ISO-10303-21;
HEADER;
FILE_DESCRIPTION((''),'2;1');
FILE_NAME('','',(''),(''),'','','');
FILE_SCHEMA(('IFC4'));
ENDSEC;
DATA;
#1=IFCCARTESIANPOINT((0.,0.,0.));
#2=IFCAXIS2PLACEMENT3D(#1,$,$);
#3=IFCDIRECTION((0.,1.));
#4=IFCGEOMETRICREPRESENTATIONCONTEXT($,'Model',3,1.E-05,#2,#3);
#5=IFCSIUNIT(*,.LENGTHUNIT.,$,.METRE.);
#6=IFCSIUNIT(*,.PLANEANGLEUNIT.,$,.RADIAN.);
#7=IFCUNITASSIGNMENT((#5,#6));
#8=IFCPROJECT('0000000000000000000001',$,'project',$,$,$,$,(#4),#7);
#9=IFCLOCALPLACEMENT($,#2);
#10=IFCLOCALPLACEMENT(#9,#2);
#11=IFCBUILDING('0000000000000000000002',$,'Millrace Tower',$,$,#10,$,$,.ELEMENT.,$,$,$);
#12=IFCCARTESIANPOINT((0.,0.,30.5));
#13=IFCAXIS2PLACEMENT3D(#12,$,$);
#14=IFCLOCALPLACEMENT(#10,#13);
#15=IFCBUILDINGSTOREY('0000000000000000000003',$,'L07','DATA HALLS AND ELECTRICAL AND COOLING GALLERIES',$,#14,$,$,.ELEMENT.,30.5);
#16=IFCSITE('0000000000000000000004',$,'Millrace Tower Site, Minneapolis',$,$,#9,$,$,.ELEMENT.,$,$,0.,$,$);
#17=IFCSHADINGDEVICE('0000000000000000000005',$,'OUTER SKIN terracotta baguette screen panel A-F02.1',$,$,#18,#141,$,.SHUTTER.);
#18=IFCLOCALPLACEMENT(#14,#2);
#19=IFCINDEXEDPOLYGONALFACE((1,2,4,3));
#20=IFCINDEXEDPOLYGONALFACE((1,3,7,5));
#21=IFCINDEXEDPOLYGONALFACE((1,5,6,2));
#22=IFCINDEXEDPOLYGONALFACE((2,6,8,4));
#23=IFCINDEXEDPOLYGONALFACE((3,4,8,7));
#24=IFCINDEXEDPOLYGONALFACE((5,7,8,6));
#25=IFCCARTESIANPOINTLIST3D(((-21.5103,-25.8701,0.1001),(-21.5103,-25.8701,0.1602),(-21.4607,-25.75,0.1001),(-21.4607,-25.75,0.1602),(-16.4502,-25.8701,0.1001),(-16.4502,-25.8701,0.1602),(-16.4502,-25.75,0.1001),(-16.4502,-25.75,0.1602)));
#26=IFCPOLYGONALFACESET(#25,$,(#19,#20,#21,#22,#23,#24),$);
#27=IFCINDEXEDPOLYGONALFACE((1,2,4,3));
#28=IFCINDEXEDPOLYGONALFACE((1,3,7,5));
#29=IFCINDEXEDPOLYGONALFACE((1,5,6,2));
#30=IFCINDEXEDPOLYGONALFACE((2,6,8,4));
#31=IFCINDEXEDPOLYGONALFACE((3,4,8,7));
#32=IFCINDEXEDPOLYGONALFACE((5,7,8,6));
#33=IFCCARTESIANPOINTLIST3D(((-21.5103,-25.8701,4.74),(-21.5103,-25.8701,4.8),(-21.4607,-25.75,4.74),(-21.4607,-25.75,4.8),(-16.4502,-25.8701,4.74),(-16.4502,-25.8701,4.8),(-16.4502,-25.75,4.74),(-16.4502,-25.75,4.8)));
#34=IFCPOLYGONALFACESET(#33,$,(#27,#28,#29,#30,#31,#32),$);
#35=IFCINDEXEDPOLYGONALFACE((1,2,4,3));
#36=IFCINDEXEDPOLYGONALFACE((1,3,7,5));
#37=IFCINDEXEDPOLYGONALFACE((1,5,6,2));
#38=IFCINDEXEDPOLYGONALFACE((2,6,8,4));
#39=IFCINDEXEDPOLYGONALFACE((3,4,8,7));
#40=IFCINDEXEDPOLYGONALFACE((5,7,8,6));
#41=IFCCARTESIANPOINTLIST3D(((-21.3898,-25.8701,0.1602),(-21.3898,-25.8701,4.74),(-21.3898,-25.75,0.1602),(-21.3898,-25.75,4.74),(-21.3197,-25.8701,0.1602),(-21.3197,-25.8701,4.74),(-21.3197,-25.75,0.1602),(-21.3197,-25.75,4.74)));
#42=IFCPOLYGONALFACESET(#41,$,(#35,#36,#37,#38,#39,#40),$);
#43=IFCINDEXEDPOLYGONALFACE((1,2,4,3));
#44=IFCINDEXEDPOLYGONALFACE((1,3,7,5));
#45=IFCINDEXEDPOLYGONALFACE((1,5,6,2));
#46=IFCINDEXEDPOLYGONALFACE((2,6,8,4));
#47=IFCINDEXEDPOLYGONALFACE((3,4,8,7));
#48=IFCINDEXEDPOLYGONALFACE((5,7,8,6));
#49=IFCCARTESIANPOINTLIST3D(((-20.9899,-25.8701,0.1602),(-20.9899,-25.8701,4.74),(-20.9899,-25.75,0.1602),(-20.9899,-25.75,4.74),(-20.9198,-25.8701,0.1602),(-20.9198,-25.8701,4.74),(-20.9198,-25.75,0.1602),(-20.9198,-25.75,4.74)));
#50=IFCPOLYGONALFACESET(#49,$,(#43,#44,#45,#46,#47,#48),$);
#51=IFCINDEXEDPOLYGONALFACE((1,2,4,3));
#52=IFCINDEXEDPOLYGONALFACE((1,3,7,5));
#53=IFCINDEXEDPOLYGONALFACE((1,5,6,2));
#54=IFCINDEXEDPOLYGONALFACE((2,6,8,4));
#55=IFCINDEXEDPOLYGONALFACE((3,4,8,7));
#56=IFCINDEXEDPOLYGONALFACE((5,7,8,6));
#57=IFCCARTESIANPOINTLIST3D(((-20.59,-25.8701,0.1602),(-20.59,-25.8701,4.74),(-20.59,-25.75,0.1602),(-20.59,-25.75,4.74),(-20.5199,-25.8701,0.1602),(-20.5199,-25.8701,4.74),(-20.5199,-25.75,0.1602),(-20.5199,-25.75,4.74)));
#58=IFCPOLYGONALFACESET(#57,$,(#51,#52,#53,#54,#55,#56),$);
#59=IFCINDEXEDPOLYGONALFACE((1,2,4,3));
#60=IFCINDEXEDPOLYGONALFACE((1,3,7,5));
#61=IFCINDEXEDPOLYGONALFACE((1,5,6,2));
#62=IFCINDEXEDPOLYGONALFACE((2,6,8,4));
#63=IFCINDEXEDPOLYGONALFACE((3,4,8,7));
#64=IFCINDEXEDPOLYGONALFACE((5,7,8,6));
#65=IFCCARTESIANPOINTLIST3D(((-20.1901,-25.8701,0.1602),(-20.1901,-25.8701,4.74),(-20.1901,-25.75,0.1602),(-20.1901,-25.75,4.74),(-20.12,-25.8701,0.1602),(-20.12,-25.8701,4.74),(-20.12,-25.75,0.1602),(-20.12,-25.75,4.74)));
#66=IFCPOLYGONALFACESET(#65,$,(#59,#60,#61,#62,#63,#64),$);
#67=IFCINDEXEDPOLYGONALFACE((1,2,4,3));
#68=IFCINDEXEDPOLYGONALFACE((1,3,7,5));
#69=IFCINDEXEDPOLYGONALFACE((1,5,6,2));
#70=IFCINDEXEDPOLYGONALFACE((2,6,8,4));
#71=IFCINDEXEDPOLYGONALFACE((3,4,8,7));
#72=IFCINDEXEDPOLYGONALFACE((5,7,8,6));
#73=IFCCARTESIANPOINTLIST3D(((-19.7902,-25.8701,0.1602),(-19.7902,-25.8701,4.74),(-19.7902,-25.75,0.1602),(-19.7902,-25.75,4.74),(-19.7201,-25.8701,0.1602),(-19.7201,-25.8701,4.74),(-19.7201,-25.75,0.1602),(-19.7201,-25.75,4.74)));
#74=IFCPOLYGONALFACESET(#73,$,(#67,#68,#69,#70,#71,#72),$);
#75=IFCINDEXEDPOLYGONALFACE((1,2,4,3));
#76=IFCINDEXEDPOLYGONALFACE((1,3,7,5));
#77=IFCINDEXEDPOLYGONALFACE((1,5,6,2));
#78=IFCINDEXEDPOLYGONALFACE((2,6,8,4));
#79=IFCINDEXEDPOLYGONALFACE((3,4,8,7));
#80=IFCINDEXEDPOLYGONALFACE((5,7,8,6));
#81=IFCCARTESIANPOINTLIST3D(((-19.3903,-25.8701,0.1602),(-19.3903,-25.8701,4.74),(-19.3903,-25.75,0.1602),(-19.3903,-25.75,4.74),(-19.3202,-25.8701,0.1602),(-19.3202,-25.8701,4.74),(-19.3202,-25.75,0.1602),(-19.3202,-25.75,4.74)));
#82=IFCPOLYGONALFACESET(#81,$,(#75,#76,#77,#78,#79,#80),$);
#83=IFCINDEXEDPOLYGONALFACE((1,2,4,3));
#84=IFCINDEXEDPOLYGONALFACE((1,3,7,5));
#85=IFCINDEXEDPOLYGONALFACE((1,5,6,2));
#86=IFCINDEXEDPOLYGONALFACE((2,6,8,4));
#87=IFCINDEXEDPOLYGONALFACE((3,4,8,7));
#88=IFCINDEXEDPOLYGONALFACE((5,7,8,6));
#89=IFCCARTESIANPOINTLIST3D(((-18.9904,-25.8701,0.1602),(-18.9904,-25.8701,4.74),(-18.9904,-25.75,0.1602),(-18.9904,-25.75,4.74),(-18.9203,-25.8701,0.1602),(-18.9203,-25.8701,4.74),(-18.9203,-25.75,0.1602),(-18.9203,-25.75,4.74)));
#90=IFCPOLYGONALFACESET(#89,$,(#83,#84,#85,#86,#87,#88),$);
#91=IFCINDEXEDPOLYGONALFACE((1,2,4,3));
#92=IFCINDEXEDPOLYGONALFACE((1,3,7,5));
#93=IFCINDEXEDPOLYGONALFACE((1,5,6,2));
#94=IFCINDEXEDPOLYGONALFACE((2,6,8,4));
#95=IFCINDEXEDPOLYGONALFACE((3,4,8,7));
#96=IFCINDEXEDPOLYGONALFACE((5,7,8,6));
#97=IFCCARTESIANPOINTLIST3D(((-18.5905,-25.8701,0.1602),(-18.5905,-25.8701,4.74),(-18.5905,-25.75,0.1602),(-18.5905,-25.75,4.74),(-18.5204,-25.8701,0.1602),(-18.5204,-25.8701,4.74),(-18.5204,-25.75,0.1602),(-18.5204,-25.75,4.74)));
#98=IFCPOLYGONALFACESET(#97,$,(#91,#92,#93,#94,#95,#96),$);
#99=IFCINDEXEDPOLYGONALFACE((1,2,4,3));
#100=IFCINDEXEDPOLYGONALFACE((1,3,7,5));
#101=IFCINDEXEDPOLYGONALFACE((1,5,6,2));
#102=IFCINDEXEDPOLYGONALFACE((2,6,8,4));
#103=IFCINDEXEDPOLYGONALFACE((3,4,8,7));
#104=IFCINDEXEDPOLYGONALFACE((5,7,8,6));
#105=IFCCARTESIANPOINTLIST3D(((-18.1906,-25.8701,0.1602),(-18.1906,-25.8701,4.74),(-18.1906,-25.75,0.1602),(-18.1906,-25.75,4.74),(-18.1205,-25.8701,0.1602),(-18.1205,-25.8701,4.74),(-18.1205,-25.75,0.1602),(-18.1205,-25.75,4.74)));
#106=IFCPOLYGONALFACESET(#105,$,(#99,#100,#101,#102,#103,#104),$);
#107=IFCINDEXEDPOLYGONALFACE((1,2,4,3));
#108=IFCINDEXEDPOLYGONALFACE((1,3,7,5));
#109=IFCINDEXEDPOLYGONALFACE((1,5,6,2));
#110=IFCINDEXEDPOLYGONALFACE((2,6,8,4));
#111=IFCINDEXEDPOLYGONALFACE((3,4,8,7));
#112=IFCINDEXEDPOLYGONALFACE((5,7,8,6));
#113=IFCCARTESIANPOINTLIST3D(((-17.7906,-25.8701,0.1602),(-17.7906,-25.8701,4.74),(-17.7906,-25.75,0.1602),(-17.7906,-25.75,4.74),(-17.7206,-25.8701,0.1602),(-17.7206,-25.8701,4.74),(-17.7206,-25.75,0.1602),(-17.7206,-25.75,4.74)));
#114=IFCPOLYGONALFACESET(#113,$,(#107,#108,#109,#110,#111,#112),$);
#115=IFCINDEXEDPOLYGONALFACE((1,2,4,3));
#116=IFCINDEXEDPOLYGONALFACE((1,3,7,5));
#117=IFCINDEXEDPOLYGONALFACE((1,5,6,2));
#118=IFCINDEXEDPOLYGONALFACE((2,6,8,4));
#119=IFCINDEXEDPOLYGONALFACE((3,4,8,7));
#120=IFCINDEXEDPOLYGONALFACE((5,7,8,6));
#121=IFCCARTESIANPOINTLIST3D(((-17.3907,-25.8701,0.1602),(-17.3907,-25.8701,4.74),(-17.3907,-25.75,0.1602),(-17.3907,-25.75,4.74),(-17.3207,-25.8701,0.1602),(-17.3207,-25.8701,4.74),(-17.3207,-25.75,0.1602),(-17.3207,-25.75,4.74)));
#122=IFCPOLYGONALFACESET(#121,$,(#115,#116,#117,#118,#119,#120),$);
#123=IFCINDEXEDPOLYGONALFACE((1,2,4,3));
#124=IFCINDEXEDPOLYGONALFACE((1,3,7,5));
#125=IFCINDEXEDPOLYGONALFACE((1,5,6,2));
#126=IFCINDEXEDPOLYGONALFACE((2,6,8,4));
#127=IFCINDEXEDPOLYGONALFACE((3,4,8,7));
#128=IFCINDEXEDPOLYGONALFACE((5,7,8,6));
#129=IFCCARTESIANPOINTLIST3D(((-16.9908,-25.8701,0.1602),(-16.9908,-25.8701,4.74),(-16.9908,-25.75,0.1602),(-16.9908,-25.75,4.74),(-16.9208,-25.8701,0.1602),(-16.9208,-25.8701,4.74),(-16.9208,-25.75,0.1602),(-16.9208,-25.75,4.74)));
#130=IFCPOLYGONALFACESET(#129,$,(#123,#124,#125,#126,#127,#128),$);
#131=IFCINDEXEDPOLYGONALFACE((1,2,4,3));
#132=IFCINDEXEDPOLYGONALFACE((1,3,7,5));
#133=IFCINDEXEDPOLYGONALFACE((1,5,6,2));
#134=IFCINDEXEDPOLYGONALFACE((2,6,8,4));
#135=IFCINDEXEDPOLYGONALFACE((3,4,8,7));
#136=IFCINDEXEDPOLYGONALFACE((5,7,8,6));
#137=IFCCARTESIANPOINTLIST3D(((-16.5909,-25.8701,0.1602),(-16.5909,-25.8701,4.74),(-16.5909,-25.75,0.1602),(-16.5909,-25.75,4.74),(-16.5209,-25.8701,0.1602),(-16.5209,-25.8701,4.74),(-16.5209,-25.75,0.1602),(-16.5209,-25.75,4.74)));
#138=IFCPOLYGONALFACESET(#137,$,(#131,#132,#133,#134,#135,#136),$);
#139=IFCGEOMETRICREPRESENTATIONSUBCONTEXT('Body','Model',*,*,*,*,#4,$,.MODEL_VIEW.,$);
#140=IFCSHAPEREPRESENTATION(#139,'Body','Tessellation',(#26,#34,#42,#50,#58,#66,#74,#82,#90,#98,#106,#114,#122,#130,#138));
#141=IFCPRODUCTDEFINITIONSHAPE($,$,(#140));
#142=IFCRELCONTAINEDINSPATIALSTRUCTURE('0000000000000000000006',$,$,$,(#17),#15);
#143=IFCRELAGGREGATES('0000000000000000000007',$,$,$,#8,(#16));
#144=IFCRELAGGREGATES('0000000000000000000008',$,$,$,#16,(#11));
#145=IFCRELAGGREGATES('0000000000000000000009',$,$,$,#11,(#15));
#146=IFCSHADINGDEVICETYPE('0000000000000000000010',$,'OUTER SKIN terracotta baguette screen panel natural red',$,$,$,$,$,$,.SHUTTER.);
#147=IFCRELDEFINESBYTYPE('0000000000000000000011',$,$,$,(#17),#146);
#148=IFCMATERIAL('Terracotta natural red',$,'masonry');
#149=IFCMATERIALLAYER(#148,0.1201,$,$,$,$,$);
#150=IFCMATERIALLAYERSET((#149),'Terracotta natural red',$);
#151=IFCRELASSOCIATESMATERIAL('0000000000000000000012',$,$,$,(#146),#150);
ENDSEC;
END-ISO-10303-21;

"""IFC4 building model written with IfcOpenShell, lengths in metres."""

from ifc_helpers import new_model, entity, si_unit, direction, frame, frame_2d, origin, place, context, subcontext, project, spatial, rectangle, extrude, source, transform, mapped, material, layer, layer_set, type_object, element, save


model = new_model("IFC4")

# Units and contexts
model_context = context("Model", 3, precision=1e-05, world=origin(), true_north=direction((0.0, 1.0)))
body_context = subcontext(model_context, "Body", "Model", "MODEL_VIEW")
ifc_project = project(units=[si_unit("LENGTHUNIT", "METRE"), si_unit("PLANEANGLEUNIT", "RADIAN")], contexts=[model_context])

# Site, building, storey
site_placement = place(None, origin())
site = spatial("IfcSite", under=ifc_project, at=site_placement, Name="Millrace Tower Site, Minneapolis", CompositionType="ELEMENT", RefElevation=0.0)
building_placement = place(site_placement, origin())
building = spatial("IfcBuilding", under=site, at=building_placement, Name="Millrace Tower", CompositionType="ELEMENT")
storey_placement = place(building_placement, frame((0.0, 0.0, 30.5)))
storey = spatial("IfcBuildingStorey", under=building, at=storey_placement, Name="L07", Description="DATA HALLS AND ELECTRICAL AND COOLING GALLERIES", CompositionType="ELEMENT", Elevation=30.5)

# Shading device
ifc_material_1 = material(Name="Terracotta natural red", Category="masonry")
ifc_layer_1 = layer(ifc_material_1, 0.1201)
ifc_layer_set_1 = layer_set([ifc_layer_1], Name="Terracotta natural red")
shading_device_type_1 = type_object("IfcShadingDeviceType", Name="OUTER SKIN terracotta baguette screen panel natural red", PredefinedType="SHUTTER", material=ifc_layer_set_1)
cartesian_point_1 = entity("IfcCartesianPoint", [-2.4929, 0.0601])
shared_polyline_1 = entity("IfcPolyline", [cartesian_point_1, entity("IfcCartesianPoint", [2.5176, 0.0601]), entity("IfcCartesianPoint", [2.5176, -0.0601]), entity("IfcCartesianPoint", [-2.5425, -0.0601]), cartesian_point_1])
shared_shape_1 = source(origin(), body_context, "Body", "SweptSolid", [
    entity("IfcExtrudedAreaSolid", entity("IfcArbitraryClosedProfileDef", "AREA", None, shared_polyline_1), entity("IfcAxis2Placement3D", entity("IfcCartesianPoint", [0.0, 0.0, 0.0])), entity("IfcDirection", [0.0, 0.0, 1.0]), 0.0601),
    entity("IfcExtrudedAreaSolid", entity("IfcArbitraryClosedProfileDef", "AREA", None, shared_polyline_1), entity("IfcAxis2Placement3D", entity("IfcCartesianPoint", [0.0, 0.0, 4.6399])), entity("IfcDirection", [0.0, 0.0, 1.0]), 0.0601),
    extrude(rectangle(XDim=0.0701, YDim=0.1201, at=frame_2d((-2.387, 0.0))), frame((0.0, 0.0, 0.0601)), (0.0, 0.0, 1.0), 4.5798),
    extrude(rectangle(XDim=0.0701, YDim=0.1201, at=frame_2d((-1.9871, 0.0))), frame((0.0, 0.0, 0.0601)), (0.0, 0.0, 1.0), 4.5798),
    extrude(rectangle(XDim=0.0701, YDim=0.1201, at=frame_2d((-1.5872, 0.0))), frame((0.0, 0.0, 0.0601)), (0.0, 0.0, 1.0), 4.5798),
    extrude(rectangle(XDim=0.0701, YDim=0.1201, at=frame_2d((-1.1873, 0.0))), frame((0.0, 0.0, 0.0601)), (0.0, 0.0, 1.0), 4.5798),
    extrude(rectangle(XDim=0.0701, YDim=0.1201, at=frame_2d((-0.7874, 0.0))), frame((0.0, 0.0, 0.0601)), (0.0, 0.0, 1.0), 4.5798),
    extrude(rectangle(XDim=0.0701, YDim=0.1201, at=frame_2d((-0.3875, 0.0))), frame((0.0, 0.0, 0.0601)), (0.0, 0.0, 1.0), 4.5798),
    extrude(rectangle(XDim=0.0701, YDim=0.1201, at=frame_2d((0.0125, 0.0))), frame((0.0, 0.0, 0.0601)), (0.0, 0.0, 1.0), 4.5798),
    extrude(rectangle(XDim=0.0701, YDim=0.1201, at=frame_2d((0.4124, 0.0))), frame((0.0, 0.0, 0.0601)), (0.0, 0.0, 1.0), 4.5798),
    extrude(rectangle(XDim=0.0701, YDim=0.1201, at=frame_2d((0.8123, 0.0))), frame((0.0, 0.0, 0.0601)), (0.0, 0.0, 1.0), 4.5798),
    extrude(rectangle(XDim=0.0701, YDim=0.1201, at=frame_2d((1.2122, 0.0))), frame((0.0, 0.0, 0.0601)), (0.0, 0.0, 1.0), 4.5798),
    extrude(rectangle(XDim=0.0701, YDim=0.1201, at=frame_2d((1.6121, 0.0))), frame((0.0, 0.0, 0.0601)), (0.0, 0.0, 1.0), 4.5798),
    extrude(rectangle(XDim=0.0701, YDim=0.1201, at=frame_2d((2.012, 0.0))), frame((0.0, 0.0, 0.0601)), (0.0, 0.0, 1.0), 4.5798),
    extrude(rectangle(XDim=0.0701, YDim=0.1201, at=frame_2d((2.4119, 0.0))), frame((0.0, 0.0, 0.0601)), (0.0, 0.0, 1.0), 4.5798),
])
shading_device_1_placement = place(storey_placement, frame((-18.9678, -25.8101, 0.1001), z_axis=(0.0, 0.0, 1.0), x_axis=(1.0, 0.0, 0.0)))
element("IfcShadingDevice", 1, at=shading_device_1_placement, inside=storey, type_object=shading_device_type_1, Name="OUTER SKIN terracotta baguette screen panel A-F02.1", PredefinedType="SHUTTER", context=body_context, shape_type="MappedRepresentation", body=[
    mapped(shared_shape_1, transform((0.0, 0.0, 0.0), scale=1.0)),
])

save(model, "model.ifc")
